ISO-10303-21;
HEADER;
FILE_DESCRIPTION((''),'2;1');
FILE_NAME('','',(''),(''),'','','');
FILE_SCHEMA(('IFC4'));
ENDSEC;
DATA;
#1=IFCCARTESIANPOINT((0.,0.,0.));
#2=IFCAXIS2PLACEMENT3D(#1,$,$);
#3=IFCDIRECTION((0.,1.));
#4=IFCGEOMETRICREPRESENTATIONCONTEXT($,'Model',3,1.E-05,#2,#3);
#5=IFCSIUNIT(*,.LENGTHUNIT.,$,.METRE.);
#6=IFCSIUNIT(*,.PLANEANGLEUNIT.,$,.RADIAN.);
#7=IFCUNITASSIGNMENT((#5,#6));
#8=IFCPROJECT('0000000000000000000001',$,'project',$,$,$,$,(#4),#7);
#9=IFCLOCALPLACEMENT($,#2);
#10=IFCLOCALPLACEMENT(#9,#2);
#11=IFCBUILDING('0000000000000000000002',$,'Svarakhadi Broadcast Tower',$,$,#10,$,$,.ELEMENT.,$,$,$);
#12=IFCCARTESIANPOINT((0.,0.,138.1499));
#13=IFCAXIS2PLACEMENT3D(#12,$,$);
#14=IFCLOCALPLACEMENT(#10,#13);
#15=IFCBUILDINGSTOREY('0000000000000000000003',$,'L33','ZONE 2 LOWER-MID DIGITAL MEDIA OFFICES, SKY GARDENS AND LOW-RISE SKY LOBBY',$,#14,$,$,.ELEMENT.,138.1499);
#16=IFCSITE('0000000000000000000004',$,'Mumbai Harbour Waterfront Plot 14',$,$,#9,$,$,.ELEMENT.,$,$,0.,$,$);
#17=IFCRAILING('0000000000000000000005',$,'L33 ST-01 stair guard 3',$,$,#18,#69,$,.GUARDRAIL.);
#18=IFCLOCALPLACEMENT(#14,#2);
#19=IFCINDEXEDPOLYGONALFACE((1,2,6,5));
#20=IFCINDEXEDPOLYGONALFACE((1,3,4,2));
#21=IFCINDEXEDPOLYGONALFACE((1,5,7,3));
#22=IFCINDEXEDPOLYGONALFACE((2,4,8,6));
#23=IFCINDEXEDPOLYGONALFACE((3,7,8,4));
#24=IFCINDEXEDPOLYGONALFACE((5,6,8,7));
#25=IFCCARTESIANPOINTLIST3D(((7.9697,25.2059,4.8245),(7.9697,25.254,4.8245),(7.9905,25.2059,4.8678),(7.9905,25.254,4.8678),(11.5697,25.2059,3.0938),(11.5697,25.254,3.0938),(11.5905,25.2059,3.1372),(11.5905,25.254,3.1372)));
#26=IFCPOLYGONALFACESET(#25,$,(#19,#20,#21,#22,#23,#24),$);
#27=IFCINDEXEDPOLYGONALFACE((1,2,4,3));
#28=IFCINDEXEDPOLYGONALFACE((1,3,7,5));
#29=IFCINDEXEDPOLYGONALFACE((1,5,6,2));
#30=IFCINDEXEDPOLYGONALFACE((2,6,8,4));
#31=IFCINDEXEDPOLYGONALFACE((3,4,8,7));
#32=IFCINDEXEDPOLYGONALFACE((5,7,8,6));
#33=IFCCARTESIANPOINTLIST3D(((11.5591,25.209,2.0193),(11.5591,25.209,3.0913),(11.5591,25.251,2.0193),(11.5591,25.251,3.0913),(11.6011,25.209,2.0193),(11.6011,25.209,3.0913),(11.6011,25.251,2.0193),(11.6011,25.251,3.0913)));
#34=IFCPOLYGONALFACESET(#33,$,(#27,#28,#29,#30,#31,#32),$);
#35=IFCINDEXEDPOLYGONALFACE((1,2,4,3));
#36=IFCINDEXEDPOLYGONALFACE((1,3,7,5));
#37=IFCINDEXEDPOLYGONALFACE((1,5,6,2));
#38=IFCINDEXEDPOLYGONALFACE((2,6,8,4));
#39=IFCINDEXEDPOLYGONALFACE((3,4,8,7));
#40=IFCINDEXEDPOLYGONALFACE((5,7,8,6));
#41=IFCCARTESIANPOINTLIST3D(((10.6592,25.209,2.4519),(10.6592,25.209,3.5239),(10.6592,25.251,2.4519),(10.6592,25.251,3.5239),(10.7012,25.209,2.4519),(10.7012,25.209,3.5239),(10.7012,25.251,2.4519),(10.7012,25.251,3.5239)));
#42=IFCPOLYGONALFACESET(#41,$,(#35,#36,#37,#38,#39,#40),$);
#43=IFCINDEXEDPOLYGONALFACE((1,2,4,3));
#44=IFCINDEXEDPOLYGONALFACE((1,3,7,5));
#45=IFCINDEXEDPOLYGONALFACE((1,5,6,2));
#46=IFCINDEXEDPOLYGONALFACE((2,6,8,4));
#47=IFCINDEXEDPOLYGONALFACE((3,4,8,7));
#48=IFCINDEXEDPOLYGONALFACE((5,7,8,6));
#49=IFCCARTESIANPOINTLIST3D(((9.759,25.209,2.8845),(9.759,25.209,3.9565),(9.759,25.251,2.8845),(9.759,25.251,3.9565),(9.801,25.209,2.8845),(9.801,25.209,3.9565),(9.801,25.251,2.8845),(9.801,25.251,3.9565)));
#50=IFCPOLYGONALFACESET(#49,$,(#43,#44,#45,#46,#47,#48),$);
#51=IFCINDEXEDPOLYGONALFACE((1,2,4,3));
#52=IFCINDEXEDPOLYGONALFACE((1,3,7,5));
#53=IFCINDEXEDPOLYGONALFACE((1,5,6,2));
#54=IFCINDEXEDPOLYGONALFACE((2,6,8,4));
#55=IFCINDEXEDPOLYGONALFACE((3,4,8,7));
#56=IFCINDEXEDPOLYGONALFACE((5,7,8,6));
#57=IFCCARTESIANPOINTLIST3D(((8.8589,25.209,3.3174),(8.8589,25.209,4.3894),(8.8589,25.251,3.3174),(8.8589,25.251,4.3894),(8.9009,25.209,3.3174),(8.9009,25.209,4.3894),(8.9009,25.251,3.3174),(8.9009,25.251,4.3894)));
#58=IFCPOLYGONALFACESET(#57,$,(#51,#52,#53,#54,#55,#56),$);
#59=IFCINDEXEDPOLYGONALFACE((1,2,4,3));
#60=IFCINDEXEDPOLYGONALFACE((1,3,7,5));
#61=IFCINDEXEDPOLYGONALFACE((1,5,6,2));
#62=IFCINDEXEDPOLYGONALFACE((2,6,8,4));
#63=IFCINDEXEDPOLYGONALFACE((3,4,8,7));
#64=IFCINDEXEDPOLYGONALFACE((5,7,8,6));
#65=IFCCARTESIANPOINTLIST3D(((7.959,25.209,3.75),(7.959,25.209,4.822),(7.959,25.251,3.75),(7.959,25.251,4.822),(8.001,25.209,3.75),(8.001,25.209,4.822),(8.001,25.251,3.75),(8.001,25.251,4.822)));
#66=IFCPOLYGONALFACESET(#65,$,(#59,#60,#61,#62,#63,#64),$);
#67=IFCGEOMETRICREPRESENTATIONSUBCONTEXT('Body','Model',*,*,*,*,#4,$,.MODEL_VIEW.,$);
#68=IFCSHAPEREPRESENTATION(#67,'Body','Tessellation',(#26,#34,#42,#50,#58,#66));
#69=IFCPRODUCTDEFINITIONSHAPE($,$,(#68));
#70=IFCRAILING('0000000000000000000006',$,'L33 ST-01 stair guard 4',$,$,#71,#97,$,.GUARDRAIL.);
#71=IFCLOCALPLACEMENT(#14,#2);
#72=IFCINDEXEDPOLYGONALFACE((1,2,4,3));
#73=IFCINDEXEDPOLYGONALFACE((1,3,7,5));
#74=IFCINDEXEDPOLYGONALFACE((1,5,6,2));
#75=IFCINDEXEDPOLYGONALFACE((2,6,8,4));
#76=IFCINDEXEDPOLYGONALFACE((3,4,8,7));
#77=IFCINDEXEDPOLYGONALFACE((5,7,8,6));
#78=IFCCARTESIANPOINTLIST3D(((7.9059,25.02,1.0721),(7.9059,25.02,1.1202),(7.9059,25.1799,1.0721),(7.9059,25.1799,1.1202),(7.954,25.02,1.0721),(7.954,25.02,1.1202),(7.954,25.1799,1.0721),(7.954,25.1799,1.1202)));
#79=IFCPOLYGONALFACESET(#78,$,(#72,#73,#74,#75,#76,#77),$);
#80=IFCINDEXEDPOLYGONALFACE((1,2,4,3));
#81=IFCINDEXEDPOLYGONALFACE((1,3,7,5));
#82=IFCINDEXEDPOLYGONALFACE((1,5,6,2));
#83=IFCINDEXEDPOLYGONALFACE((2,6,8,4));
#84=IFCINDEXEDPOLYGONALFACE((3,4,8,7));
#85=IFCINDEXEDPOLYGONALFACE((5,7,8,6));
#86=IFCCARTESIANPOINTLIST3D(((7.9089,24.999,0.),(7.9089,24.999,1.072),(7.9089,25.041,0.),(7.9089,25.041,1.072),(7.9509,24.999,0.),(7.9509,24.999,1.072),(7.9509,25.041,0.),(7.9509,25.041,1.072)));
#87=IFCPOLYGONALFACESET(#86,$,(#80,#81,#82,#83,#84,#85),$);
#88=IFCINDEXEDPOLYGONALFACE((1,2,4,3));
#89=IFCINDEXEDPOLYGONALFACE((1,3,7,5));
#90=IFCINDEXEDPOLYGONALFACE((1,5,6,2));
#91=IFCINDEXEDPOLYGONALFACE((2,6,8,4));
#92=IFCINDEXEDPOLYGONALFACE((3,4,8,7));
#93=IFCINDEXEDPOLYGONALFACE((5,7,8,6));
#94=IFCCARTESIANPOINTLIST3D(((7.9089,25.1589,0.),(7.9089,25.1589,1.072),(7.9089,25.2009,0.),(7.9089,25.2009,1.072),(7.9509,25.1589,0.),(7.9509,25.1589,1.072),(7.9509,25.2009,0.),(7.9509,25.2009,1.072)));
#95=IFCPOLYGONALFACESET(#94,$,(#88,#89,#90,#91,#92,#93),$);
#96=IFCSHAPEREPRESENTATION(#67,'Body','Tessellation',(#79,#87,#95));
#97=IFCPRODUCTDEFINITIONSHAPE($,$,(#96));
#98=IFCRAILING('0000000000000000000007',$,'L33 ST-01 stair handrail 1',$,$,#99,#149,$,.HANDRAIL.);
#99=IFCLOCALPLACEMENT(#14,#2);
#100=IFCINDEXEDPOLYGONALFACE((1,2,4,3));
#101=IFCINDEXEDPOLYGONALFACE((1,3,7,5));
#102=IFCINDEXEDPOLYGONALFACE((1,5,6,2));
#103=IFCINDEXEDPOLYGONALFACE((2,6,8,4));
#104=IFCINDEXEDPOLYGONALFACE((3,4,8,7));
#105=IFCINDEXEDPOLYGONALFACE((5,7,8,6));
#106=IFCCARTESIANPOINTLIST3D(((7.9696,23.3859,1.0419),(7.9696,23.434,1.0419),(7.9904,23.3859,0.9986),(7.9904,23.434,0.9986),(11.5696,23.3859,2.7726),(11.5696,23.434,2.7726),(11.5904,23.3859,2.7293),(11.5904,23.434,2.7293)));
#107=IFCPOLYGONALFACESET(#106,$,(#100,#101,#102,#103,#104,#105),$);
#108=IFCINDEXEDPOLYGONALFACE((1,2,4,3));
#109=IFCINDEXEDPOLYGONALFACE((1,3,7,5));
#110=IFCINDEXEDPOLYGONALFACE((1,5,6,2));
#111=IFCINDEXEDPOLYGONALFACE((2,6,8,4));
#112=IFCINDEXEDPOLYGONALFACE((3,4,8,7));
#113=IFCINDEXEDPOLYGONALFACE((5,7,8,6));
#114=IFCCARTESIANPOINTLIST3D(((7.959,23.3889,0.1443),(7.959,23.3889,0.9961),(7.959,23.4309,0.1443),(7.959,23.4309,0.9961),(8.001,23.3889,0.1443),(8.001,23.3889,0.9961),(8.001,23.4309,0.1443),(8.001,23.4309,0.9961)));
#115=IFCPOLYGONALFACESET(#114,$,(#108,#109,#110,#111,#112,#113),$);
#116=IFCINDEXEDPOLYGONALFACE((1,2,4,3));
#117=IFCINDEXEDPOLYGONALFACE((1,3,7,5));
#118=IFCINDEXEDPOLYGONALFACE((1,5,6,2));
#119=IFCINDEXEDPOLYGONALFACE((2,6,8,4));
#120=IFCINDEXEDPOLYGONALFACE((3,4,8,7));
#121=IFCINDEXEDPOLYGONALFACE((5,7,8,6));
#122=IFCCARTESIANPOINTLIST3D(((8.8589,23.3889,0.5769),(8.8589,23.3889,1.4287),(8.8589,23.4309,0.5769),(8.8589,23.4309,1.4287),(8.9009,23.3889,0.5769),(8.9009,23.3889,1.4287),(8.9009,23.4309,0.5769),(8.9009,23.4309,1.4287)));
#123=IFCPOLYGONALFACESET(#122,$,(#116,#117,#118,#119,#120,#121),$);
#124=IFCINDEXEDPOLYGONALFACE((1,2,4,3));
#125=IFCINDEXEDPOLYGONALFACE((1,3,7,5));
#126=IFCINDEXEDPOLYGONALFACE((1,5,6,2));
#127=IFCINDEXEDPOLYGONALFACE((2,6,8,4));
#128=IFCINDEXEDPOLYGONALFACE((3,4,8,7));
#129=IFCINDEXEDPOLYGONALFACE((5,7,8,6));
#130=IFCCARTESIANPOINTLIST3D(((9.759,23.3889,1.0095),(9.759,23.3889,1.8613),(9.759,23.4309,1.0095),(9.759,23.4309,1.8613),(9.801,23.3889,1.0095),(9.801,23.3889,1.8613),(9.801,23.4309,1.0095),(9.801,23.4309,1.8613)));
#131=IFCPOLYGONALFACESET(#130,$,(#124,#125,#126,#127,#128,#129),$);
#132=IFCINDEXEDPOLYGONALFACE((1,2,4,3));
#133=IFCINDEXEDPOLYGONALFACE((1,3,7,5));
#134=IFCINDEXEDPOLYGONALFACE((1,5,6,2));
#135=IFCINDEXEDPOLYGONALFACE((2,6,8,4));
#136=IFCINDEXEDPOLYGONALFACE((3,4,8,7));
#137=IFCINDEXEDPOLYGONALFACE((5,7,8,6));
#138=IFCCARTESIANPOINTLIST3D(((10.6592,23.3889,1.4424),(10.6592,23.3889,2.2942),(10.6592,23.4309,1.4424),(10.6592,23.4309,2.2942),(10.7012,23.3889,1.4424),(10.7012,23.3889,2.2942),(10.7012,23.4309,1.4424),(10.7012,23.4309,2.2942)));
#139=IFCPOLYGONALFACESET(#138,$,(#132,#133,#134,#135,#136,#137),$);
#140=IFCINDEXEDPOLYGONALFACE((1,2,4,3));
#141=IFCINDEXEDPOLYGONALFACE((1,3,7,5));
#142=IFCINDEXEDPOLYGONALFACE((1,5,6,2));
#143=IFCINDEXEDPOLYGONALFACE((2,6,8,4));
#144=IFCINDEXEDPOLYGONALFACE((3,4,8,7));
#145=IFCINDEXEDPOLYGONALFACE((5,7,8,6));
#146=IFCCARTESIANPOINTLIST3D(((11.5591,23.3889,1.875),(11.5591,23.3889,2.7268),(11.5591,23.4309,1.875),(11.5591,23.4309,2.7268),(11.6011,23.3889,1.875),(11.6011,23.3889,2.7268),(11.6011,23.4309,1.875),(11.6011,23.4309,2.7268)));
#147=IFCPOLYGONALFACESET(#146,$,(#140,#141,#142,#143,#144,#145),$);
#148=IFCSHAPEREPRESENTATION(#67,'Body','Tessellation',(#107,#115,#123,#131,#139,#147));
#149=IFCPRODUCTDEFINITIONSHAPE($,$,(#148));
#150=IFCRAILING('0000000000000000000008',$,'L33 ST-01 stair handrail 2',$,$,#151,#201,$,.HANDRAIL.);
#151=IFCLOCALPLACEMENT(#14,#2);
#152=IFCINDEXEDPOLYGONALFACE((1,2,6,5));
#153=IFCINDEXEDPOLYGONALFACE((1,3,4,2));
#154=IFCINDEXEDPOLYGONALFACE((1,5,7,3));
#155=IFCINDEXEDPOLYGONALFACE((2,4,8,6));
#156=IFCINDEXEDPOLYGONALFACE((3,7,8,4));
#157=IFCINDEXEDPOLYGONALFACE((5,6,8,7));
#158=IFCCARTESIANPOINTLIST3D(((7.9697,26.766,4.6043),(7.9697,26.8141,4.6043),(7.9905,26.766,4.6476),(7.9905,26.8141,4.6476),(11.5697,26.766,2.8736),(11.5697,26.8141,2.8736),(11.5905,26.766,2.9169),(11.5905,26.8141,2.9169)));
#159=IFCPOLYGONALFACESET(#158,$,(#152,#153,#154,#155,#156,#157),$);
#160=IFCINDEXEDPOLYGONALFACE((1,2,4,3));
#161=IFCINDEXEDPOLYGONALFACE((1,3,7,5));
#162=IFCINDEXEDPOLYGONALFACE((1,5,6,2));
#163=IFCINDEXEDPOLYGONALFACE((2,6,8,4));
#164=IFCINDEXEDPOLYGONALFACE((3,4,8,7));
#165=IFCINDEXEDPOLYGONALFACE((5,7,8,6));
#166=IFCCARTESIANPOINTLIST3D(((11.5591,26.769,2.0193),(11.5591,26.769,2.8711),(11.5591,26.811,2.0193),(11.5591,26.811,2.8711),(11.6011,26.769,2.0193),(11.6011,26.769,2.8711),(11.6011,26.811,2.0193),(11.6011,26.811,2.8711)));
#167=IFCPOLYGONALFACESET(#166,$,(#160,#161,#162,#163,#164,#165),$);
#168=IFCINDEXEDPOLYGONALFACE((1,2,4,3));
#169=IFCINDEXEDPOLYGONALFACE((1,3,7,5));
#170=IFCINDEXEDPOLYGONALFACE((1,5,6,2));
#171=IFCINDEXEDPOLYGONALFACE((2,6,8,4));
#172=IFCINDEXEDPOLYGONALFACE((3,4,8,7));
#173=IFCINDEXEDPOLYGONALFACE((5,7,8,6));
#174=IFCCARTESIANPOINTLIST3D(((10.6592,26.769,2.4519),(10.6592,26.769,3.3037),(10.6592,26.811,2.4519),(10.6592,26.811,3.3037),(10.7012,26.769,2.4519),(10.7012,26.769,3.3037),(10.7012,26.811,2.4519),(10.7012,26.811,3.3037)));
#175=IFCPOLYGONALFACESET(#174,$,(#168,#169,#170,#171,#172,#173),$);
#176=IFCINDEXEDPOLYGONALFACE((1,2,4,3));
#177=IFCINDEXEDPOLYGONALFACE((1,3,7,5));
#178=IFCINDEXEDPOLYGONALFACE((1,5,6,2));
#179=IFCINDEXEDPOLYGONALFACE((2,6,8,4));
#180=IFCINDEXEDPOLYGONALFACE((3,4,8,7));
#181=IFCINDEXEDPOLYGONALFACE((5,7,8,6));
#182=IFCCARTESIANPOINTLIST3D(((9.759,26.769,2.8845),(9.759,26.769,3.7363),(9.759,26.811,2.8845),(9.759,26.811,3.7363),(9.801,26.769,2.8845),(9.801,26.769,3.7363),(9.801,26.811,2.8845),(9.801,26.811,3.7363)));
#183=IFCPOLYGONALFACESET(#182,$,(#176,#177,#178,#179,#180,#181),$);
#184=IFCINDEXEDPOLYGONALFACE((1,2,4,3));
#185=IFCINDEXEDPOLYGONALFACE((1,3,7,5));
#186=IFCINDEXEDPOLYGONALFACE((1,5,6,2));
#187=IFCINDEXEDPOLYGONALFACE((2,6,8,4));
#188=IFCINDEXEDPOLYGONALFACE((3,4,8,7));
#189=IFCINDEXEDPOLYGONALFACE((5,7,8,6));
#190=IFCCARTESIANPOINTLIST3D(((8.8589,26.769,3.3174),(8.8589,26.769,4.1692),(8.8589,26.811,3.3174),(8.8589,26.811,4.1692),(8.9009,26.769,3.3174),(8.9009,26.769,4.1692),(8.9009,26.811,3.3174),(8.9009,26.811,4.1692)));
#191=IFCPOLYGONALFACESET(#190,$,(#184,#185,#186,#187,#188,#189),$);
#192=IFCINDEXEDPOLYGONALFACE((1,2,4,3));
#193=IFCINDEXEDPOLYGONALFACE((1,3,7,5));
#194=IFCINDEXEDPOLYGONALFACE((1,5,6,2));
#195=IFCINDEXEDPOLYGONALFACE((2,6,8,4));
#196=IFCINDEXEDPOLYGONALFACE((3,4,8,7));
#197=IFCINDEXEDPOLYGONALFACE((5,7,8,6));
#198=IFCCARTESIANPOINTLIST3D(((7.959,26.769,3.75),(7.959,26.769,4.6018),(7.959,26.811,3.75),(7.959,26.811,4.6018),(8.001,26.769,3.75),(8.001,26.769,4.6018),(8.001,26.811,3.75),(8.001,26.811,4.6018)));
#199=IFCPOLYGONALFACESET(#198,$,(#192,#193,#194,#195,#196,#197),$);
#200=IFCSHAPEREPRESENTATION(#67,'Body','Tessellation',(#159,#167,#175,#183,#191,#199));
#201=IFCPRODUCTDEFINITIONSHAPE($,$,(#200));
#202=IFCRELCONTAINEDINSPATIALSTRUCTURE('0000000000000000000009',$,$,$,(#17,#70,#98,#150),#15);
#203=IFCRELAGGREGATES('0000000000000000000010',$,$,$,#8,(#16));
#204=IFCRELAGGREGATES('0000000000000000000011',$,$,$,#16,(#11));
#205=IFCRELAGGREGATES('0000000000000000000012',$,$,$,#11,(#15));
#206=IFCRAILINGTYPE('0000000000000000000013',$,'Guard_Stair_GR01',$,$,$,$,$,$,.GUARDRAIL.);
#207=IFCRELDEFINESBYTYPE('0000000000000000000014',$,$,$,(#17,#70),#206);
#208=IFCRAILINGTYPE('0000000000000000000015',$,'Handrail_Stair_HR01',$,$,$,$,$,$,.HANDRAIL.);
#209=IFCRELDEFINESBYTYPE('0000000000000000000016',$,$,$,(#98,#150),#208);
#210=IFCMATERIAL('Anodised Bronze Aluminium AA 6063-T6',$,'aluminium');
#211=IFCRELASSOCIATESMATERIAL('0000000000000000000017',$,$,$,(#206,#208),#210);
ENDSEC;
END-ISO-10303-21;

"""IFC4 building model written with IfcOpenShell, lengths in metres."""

from ifc_helpers import new_model, si_unit, direction, frame, origin, origin_2d, place, context, subcontext, project, spatial, rectangle, extrude, material, type_object, element, save


model = new_model("IFC4")

# Units and contexts
model_context = context("Model", 3, precision=1e-05, world=origin(), true_north=direction((0.0, 1.0)))
body_context = subcontext(model_context, "Body", "Model", "MODEL_VIEW")
ifc_project = project(units=[si_unit("LENGTHUNIT", "METRE"), si_unit("PLANEANGLEUNIT", "RADIAN")], contexts=[model_context])

# Site, building, storey
site_placement = place(None, origin())
site = spatial("IfcSite", under=ifc_project, at=site_placement, Name="Mumbai Harbour Waterfront Plot 14", CompositionType="ELEMENT", RefElevation=0.0)
building_placement = place(site_placement, origin())
building = spatial("IfcBuilding", under=site, at=building_placement, Name="Svarakhadi Broadcast Tower", CompositionType="ELEMENT")
storey_placement = place(building_placement, frame((0.0, 0.0, 138.1499)))
storey = spatial("IfcBuildingStorey", under=building, at=storey_placement, Name="L33", Description="ZONE 2 LOWER-MID DIGITAL MEDIA OFFICES, SKY GARDENS AND LOW-RISE SKY LOBBY", CompositionType="ELEMENT", Elevation=138.1499)

# Railings
ifc_material_1 = material(Name="Anodised Bronze Aluminium AA 6063-T6", Category="aluminium")
railing_type_1 = type_object("IfcRailingType", Name="Guard_Stair_GR01", PredefinedType="GUARDRAIL", material=ifc_material_1)
railing_1_placement = place(storey_placement, frame((11.5801, 25.23, 2.0193)))
element("IfcRailing", 1, at=railing_1_placement, inside=storey, type_object=railing_type_1, Name="L33 ST-01 stair guard 3", PredefinedType="GUARDRAIL", context=body_context, shape_type="SweptSolid", body=[
    extrude(rectangle(XDim=0.0481, YDim=0.0481, at=origin_2d()), frame((0.0, 0.0, 1.0962), z_axis=(-0.901263, 0.0, 0.433273), x_axis=(0.0, -1.0, 0.0)), (0.0, 0.0, 1.0), 3.9944),
    extrude(rectangle(XDim=0.042, YDim=0.042, at=origin_2d()), origin(), (0.0, 0.0, 1.0), 1.072),
    extrude(rectangle(XDim=0.042, YDim=0.042, at=origin_2d()), frame((-0.8999, 0.0, 0.4326)), (0.0, 0.0, 1.0), 1.072),
    extrude(rectangle(XDim=0.042, YDim=0.042, at=origin_2d()), frame((-1.8, 0.0, 0.8652)), (0.0, 0.0, 1.0), 1.072),
    extrude(rectangle(XDim=0.042, YDim=0.042, at=origin_2d()), frame((-2.7002, 0.0, 1.2981)), (0.0, 0.0, 1.0), 1.072),
    extrude(rectangle(XDim=0.042, YDim=0.042, at=origin_2d()), frame((-3.6001, 0.0, 1.7307)), (0.0, 0.0, 1.0), 1.072),
])
railing_2_placement = place(storey_placement, frame((7.9299, 25.02, 0.0)))
element("IfcRailing", 2, at=railing_2_placement, inside=storey, type_object=railing_type_1, Name="L33 ST-01 stair guard 4", PredefinedType="GUARDRAIL", context=body_context, shape_type="SweptSolid", body=[
    extrude(rectangle(XDim=0.0481, YDim=0.0481, at=origin_2d()), frame((0.0, 0.0, 1.0962), z_axis=(0.0, 1.0, 0.0), x_axis=(-1.0, 0.0, 0.0)), (0.0, 0.0, 1.0), 0.1599),
    extrude(rectangle(XDim=0.042, YDim=0.042, at=origin_2d()), origin(), (0.0, 0.0, 1.0), 1.072),
    extrude(rectangle(XDim=0.042, YDim=0.042, at=origin_2d()), frame((0.0, 0.1599, 0.0)), (0.0, 0.0, 1.0), 1.072),
])
railing_type_2 = type_object("IfcRailingType", Name="Handrail_Stair_HR01", PredefinedType="HANDRAIL", material=ifc_material_1)
railing_3_placement = place(storey_placement, frame((7.98, 23.4099, 0.1443)))
element("IfcRailing", 3, at=railing_3_placement, inside=storey, type_object=railing_type_2, Name="L33 ST-01 stair handrail 1", PredefinedType="HANDRAIL", context=body_context, shape_type="SweptSolid", body=[
    extrude(rectangle(XDim=0.0481, YDim=0.0481, at=origin_2d()), frame((0.0, 0.0, 0.876), z_axis=(0.901263, 0.0, 0.433273), x_axis=(0.0, 1.0, 0.0)), (0.0, 0.0, 1.0), 3.9944),
    extrude(rectangle(XDim=0.042, YDim=0.042, at=origin_2d()), origin(), (0.0, 0.0, 1.0), 0.8518),
    extrude(rectangle(XDim=0.042, YDim=0.042, at=origin_2d()), frame((0.8999, 0.0, 0.4326)), (0.0, 0.0, 1.0), 0.8518),
    extrude(rectangle(XDim=0.042, YDim=0.042, at=origin_2d()), frame((1.8, 0.0, 0.8652)), (0.0, 0.0, 1.0), 0.8518),
    extrude(rectangle(XDim=0.042, YDim=0.042, at=origin_2d()), frame((2.7002, 0.0, 1.2981)), (0.0, 0.0, 1.0), 0.8518),
    extrude(rectangle(XDim=0.042, YDim=0.042, at=origin_2d()), frame((3.6001, 0.0, 1.7307)), (0.0, 0.0, 1.0), 0.8518),
])
railing_4_placement = place(storey_placement, frame((11.5801, 26.79, 2.0193)))
element("IfcRailing", 4, at=railing_4_placement, inside=storey, type_object=railing_type_2, Name="L33 ST-01 stair handrail 2", PredefinedType="HANDRAIL", context=body_context, shape_type="SweptSolid", body=[
    extrude(rectangle(XDim=0.0481, YDim=0.0481, at=origin_2d()), frame((0.0, 0.0, 0.876), z_axis=(-0.901263, 0.0, 0.433273), x_axis=(0.0, -1.0, 0.0)), (0.0, 0.0, 1.0), 3.9944),
    extrude(rectangle(XDim=0.042, YDim=0.042, at=origin_2d()), origin(), (0.0, 0.0, 1.0), 0.8518),
    extrude(rectangle(XDim=0.042, YDim=0.042, at=origin_2d()), frame((-0.8999, 0.0, 0.4326)), (0.0, 0.0, 1.0), 0.8518),
    extrude(rectangle(XDim=0.042, YDim=0.042, at=origin_2d()), frame((-1.8, 0.0, 0.8652)), (0.0, 0.0, 1.0), 0.8518),
    extrude(rectangle(XDim=0.042, YDim=0.042, at=origin_2d()), frame((-2.7002, 0.0, 1.2981)), (0.0, 0.0, 1.0), 0.8518),
    extrude(rectangle(XDim=0.042, YDim=0.042, at=origin_2d()), frame((-3.6001, 0.0, 1.7307)), (0.0, 0.0, 1.0), 0.8518),
])

save(model, "model.ifc")
